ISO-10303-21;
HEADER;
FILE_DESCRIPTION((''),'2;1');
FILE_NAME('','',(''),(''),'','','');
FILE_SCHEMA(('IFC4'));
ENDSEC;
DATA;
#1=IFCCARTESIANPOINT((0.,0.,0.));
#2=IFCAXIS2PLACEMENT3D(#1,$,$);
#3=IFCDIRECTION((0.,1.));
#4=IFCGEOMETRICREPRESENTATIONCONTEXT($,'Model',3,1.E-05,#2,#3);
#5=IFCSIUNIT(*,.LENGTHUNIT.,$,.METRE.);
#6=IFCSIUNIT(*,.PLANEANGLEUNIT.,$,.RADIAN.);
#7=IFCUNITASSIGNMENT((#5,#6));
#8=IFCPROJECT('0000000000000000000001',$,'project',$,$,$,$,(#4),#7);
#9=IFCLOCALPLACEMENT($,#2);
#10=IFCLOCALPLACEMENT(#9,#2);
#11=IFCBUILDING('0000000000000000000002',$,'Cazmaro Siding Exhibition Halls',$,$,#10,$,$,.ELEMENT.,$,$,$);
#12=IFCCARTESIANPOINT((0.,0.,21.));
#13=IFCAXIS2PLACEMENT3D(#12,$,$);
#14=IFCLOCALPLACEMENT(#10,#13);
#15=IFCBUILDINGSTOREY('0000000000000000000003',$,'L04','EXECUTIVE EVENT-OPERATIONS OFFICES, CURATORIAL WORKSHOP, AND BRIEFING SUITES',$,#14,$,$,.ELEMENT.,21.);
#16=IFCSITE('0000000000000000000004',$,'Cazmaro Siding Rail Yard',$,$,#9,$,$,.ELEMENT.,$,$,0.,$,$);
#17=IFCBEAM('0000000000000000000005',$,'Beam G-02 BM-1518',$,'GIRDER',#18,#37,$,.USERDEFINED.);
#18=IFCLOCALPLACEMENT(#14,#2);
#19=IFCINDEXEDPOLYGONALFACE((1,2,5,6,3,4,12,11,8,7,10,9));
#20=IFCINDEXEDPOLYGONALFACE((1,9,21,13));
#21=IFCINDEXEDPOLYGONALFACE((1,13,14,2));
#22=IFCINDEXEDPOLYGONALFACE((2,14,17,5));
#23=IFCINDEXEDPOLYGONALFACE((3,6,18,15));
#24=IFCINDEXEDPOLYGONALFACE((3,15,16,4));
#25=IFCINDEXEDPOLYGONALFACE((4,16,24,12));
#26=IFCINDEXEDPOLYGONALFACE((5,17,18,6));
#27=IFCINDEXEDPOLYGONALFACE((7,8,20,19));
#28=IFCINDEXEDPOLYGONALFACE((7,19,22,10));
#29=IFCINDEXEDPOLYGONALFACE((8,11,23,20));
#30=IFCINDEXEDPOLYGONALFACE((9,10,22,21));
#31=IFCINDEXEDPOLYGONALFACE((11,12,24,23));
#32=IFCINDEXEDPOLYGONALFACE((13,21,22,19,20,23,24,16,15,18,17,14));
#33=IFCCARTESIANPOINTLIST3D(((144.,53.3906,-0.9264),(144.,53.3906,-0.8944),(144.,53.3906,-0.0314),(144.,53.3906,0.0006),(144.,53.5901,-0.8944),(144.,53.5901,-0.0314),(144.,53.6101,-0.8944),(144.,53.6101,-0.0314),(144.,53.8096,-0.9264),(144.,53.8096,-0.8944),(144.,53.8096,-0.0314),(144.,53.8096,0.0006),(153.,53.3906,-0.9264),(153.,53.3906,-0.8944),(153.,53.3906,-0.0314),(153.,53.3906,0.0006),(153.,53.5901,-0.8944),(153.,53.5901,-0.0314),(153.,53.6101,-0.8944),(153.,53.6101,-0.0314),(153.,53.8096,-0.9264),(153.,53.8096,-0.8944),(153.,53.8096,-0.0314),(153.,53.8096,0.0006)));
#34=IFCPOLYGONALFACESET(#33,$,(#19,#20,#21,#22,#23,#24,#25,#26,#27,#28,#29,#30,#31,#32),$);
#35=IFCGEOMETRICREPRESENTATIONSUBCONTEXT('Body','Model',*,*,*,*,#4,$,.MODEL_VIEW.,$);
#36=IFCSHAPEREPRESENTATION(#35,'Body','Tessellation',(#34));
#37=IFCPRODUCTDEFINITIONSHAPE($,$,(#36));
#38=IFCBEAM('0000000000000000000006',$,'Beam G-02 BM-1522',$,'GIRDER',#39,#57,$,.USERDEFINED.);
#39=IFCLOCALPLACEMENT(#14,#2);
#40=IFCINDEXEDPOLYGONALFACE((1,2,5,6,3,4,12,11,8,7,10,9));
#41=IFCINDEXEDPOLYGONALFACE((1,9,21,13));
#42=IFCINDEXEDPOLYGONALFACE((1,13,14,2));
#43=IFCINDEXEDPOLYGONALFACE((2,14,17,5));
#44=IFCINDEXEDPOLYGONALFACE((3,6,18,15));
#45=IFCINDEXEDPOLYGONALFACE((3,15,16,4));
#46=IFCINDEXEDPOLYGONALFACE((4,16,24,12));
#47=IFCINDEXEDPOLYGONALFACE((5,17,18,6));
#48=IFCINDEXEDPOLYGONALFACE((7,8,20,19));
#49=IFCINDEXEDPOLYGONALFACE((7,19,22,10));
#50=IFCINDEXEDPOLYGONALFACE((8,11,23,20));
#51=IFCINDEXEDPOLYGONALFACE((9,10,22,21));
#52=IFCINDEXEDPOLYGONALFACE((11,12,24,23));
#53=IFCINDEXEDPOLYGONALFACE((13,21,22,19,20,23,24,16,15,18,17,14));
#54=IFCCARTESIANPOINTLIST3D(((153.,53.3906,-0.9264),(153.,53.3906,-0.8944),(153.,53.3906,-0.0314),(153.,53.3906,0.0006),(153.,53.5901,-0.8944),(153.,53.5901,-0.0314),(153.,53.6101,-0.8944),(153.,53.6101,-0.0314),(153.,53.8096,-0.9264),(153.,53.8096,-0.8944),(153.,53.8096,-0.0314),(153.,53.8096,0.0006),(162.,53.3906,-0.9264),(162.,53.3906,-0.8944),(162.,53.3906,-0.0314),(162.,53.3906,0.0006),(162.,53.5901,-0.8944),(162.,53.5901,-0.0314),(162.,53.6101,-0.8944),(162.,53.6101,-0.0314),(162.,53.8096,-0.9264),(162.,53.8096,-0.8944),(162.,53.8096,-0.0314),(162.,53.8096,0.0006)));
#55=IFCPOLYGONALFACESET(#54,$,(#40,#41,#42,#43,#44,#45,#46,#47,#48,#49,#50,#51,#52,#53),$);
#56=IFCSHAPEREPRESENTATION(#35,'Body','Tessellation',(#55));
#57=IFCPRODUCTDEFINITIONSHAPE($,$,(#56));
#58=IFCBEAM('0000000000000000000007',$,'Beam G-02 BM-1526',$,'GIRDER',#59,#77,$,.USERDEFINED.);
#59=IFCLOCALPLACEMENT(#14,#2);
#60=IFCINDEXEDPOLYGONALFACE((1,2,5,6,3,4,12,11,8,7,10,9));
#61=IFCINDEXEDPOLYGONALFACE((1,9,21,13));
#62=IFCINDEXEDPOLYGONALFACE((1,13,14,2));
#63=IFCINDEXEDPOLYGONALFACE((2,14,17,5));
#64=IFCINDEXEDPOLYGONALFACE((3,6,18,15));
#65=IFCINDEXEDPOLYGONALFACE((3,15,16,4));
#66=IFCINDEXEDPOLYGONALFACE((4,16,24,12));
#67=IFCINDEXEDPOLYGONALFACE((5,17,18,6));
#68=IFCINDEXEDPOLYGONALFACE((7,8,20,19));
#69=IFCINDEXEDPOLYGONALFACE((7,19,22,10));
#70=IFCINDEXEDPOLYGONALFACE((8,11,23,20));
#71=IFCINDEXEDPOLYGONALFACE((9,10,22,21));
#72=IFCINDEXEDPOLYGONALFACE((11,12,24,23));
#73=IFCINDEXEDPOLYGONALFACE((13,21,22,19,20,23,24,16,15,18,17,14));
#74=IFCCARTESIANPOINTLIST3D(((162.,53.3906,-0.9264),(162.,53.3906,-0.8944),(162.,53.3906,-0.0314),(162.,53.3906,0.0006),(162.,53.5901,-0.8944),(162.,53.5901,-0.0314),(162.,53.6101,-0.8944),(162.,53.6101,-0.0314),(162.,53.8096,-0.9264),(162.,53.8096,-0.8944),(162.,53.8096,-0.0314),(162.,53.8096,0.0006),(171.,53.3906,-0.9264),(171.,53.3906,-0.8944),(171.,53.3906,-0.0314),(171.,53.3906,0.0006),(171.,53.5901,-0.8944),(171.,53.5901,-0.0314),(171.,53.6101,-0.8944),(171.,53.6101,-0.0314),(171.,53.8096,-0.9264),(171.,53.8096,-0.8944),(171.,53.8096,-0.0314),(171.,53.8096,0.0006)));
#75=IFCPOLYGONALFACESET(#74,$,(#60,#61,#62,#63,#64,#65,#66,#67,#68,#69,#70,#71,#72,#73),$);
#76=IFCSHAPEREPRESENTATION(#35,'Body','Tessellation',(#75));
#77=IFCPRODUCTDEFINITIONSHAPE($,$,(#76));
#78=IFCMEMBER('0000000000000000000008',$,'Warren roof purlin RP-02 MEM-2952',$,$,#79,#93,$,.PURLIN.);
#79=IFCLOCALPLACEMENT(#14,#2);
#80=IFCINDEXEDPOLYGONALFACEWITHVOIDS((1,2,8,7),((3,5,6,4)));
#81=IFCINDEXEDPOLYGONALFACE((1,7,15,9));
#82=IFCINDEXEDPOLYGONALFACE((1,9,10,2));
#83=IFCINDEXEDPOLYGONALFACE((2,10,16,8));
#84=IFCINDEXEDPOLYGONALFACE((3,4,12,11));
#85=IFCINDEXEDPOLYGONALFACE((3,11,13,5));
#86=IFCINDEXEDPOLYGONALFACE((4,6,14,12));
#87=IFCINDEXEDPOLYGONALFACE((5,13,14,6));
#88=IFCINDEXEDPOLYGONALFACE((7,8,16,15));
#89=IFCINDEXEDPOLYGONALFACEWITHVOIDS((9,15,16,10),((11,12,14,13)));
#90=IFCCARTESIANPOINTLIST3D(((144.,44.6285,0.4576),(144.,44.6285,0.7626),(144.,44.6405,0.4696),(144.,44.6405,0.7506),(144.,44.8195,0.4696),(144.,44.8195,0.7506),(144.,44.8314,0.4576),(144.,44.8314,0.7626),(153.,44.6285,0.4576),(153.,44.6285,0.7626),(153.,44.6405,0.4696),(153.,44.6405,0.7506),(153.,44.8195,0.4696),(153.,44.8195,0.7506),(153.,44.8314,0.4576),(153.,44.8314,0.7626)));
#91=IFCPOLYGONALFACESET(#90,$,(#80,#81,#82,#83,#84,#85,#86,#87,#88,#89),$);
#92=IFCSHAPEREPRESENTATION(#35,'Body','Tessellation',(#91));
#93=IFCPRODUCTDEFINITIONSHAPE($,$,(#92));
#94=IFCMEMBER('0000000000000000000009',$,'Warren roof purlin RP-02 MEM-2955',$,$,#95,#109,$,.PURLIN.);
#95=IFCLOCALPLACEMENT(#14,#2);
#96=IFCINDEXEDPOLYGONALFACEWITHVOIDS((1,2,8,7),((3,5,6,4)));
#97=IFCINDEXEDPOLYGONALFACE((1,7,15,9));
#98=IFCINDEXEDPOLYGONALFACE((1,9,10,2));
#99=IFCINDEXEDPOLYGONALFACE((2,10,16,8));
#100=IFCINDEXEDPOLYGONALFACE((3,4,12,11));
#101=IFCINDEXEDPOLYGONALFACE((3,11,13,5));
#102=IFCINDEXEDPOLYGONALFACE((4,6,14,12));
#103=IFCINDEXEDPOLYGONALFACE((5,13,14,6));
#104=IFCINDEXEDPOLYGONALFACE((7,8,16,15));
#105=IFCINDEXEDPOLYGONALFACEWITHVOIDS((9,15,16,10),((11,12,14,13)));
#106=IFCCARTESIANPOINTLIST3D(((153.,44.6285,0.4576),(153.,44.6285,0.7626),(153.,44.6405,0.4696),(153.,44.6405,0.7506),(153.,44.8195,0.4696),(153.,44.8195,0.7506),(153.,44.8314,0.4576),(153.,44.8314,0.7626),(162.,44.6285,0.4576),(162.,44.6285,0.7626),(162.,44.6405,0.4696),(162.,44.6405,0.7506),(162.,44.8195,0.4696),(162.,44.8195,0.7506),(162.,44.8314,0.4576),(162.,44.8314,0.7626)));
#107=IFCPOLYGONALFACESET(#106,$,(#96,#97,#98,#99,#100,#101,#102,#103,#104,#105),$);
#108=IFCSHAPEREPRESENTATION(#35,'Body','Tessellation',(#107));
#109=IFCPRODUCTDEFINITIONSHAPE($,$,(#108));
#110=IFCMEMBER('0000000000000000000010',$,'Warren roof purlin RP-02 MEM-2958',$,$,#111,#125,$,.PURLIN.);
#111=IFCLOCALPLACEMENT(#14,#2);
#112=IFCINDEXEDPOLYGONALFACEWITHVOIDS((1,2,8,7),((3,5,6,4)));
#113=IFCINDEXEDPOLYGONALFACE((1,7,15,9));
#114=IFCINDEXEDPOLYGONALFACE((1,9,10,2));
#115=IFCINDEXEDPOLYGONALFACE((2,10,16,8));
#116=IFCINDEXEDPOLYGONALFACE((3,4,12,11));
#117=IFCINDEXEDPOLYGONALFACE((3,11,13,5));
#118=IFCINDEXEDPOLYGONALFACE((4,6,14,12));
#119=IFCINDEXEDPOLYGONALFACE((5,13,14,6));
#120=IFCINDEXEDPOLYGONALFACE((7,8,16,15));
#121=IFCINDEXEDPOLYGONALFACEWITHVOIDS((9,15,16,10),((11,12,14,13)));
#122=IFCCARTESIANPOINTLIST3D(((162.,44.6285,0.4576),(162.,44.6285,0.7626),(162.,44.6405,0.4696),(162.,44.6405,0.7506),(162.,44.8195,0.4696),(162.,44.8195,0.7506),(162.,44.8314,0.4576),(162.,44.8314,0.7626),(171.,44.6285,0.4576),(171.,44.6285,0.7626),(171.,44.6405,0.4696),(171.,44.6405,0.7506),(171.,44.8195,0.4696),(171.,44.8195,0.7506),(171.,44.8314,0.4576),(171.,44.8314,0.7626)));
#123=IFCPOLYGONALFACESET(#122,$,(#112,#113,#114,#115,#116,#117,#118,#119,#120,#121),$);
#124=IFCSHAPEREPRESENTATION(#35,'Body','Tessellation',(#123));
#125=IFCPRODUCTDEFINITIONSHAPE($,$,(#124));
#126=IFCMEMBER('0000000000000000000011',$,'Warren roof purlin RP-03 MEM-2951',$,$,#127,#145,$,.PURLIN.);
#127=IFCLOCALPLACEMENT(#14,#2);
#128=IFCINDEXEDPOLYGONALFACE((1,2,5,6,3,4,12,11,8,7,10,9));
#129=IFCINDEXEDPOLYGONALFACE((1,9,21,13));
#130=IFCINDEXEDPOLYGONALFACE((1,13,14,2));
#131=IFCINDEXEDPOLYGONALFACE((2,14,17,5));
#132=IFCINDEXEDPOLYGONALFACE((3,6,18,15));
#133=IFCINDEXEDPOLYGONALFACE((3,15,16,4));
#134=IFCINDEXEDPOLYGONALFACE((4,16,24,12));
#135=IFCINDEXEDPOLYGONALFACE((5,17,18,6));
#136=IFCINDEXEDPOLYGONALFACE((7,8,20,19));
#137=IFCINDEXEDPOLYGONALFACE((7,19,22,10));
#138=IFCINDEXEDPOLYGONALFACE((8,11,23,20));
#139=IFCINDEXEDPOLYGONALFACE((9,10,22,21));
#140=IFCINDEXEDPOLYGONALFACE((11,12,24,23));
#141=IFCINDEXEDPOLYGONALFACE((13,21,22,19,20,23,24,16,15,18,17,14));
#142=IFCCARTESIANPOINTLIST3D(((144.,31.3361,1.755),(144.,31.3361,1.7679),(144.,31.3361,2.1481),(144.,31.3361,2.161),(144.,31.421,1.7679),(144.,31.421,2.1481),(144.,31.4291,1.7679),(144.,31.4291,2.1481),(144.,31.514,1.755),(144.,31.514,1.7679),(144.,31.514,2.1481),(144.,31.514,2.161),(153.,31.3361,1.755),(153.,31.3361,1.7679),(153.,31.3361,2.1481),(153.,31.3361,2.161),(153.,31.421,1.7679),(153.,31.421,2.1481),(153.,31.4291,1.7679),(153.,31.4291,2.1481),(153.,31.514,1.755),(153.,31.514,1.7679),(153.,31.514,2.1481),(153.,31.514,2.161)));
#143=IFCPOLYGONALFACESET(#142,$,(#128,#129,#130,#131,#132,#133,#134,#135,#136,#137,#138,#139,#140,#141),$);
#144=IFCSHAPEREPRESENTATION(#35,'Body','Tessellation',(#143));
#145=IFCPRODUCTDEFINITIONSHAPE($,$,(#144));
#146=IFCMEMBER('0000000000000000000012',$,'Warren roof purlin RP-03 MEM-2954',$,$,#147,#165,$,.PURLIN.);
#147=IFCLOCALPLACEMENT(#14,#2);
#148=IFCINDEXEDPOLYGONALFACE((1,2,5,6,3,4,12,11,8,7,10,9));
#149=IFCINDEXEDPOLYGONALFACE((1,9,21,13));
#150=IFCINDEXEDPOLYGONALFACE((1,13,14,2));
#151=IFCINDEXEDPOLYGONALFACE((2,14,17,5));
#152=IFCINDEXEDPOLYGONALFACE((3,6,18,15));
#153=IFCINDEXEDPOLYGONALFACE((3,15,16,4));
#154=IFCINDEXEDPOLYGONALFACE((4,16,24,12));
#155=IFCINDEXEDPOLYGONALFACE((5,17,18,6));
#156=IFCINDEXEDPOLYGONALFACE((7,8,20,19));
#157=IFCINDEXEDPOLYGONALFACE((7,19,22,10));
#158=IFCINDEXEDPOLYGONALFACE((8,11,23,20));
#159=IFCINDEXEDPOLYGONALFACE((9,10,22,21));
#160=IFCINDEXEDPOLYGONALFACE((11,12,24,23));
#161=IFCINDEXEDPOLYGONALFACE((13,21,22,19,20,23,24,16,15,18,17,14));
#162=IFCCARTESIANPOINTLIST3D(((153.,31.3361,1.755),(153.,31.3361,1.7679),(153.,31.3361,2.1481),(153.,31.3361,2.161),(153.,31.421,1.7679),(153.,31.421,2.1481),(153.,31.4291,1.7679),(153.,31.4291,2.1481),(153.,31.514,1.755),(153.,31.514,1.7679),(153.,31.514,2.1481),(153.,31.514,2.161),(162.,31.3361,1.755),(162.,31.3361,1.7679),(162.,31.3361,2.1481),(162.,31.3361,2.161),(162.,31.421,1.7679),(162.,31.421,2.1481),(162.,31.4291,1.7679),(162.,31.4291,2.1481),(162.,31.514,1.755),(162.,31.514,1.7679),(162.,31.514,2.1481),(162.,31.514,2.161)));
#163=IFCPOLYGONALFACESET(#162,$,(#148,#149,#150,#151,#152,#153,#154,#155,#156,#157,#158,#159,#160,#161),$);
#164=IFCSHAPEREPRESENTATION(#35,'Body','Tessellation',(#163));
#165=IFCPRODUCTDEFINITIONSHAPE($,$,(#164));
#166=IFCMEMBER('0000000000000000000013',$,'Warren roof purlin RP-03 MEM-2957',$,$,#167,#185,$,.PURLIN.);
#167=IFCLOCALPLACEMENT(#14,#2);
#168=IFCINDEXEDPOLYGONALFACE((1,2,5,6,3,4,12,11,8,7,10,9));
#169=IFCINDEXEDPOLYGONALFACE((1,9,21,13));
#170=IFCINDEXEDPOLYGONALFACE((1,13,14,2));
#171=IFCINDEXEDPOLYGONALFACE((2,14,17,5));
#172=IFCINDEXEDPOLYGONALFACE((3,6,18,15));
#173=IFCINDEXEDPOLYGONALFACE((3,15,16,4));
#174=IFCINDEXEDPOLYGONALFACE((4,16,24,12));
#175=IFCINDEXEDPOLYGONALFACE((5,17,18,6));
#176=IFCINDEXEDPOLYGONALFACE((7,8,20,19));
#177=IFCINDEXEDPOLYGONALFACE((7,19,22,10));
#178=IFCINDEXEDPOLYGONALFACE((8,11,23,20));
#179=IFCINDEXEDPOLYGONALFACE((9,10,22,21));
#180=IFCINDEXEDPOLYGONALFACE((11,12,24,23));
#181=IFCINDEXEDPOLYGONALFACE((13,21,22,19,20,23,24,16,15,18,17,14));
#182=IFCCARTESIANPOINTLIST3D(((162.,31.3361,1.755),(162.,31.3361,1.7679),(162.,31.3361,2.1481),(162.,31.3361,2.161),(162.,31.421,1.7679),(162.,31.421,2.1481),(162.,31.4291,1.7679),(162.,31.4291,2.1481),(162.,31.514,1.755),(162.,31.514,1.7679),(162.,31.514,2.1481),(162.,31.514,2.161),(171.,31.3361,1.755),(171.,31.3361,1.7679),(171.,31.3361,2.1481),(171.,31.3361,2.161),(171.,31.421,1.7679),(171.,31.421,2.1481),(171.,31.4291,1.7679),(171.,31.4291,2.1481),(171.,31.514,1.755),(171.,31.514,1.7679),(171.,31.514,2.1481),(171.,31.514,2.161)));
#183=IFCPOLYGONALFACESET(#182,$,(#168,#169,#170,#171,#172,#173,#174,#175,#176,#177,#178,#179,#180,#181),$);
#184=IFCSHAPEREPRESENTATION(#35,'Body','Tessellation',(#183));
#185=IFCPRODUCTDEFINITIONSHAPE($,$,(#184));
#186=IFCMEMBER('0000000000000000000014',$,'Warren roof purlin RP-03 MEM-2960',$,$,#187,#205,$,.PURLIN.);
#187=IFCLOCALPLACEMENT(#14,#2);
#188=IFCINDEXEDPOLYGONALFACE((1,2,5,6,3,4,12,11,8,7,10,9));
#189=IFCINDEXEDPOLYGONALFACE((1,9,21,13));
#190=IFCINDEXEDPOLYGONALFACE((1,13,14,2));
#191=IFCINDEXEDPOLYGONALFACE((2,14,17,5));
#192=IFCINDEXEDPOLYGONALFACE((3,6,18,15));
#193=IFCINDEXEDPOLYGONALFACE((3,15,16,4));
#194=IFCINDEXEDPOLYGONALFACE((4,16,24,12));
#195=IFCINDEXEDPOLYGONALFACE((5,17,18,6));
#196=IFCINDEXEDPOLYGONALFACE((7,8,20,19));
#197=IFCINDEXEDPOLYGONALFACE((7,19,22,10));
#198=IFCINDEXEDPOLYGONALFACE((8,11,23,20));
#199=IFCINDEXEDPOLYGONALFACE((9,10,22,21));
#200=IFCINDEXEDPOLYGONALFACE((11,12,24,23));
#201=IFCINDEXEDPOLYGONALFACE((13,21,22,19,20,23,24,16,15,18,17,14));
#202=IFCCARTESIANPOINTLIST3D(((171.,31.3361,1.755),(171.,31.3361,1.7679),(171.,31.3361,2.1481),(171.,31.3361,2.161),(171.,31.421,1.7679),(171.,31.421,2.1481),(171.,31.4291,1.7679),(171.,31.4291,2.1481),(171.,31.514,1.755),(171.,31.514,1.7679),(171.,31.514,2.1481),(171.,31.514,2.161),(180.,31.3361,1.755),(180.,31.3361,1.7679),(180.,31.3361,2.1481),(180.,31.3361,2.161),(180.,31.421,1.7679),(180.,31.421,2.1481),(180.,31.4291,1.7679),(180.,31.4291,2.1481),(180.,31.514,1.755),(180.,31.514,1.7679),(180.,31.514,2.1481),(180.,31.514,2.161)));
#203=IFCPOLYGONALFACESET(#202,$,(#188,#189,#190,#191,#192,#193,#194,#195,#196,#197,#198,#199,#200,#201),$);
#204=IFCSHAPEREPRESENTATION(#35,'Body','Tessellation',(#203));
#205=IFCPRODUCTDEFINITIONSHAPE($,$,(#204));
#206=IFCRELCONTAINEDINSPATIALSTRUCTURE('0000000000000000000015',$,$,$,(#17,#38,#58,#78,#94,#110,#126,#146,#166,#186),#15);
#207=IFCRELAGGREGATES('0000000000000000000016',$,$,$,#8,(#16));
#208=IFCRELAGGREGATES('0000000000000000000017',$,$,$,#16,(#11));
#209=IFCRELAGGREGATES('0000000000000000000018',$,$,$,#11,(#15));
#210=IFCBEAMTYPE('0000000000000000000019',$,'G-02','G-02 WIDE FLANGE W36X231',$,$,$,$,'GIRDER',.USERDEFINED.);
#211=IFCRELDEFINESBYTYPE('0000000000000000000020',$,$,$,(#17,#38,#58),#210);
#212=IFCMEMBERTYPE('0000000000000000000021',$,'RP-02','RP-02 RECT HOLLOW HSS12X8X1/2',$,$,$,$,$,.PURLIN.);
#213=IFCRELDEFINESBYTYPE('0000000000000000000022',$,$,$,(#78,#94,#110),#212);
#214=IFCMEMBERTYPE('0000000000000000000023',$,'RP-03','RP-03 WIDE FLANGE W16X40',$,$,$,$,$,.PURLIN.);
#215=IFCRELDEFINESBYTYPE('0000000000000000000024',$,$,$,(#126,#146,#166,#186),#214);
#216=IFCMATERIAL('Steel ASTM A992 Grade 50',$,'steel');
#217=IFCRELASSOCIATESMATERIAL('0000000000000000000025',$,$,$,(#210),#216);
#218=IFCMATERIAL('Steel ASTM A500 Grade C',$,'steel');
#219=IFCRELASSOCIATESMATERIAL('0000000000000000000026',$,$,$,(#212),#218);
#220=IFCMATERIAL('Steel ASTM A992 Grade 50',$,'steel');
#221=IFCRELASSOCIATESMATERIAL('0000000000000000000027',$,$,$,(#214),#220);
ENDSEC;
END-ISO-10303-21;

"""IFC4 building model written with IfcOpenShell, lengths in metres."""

from ifc_helpers import new_model, si_unit, direction, frame, origin, origin_2d, place, context, subcontext, project, spatial, hollow_rectangle, i_section, extrude, material, material_profile, profile_set, type_object, element, save


model = new_model("IFC4")

# Units and contexts
model_context = context("Model", 3, precision=1e-05, world=origin(), true_north=direction((0.0, 1.0)))
body_context = subcontext(model_context, "Body", "Model", "MODEL_VIEW")
ifc_project = project(units=[si_unit("LENGTHUNIT", "METRE"), si_unit("PLANEANGLEUNIT", "RADIAN")], contexts=[model_context])

# Site, building, storey
site_placement = place(None, origin())
site = spatial("IfcSite", under=ifc_project, at=site_placement, Name="Cazmaro Siding Rail Yard", CompositionType="ELEMENT", RefElevation=0.0)
building_placement = place(site_placement, origin())
building = spatial("IfcBuilding", under=site, at=building_placement, Name="Cazmaro Siding Exhibition Halls", CompositionType="ELEMENT")
storey_placement = place(building_placement, frame((0.0, 0.0, 21.0)))
storey = spatial("IfcBuildingStorey", under=building, at=storey_placement, Name="L04", Description="EXECUTIVE EVENT-OPERATIONS OFFICES, CURATORIAL WORKSHOP, AND BRIEFING SUITES", CompositionType="ELEMENT", Elevation=21.0)

# Beams
ifc_material_1 = material(Name="Steel ASTM A992 Grade 50", Category="steel")
ifc_material_profile_1 = material_profile(ifc_material_1, i_section(OverallWidth=0.4189, OverallDepth=0.927, WebThickness=0.02, FlangeThickness=0.032, at=origin_2d()), Name="W36X231")
ifc_profile_set_1 = profile_set([ifc_material_profile_1], Name="Steel ASTM A992 Grade 50")
beam_type = type_object("IfcBeamType", Name="G-02", Description="G-02 WIDE FLANGE W36X231", ElementType="GIRDER", PredefinedType="USERDEFINED", material=ifc_profile_set_1)
for number, where, z_axis, x_axis, name in (
    (1, (144.0, 53.6001, -0.4629), (1.0, 0.0, 0.0), (0.0, 1.0, 0.0), "Beam G-02 BM-1518"),
    (2, (153.0, 53.6001, -0.4629), (1.0, 0.0, 0.0), (0.0, 1.0, 0.0), "Beam G-02 BM-1522"),
    (3, (162.0, 53.6001, -0.4629), (1.0, 0.0, 0.0), (0.0, 1.0, 0.0), "Beam G-02 BM-1526"),
):
    element("IfcBeam", number, at=place(storey_placement, frame(where, z_axis=z_axis, x_axis=x_axis)), inside=storey, type_object=beam_type, Name=name, ObjectType="GIRDER", PredefinedType="USERDEFINED", context=body_context, shape_type="SweptSolid", body=[
        extrude(i_section(OverallWidth=0.4189, OverallDepth=0.927, WebThickness=0.02, FlangeThickness=0.032, at=origin_2d()), origin(), (0.0, 0.0, 1.0), 9.0),
    ])

# Members
ifc_material_2 = material(Name="Steel ASTM A500 Grade C", Category="steel")
ifc_material_profile_2 = material_profile(ifc_material_2, hollow_rectangle(XDim=0.2029, YDim=0.3049, WallThickness=0.012, at=origin_2d()), Name="HSS12X8X1/2")
ifc_profile_set_2 = profile_set([ifc_material_profile_2], Name="Steel ASTM A500 Grade C")
member_type_1 = type_object("IfcMemberType", Name="RP-02", Description="RP-02 RECT HOLLOW HSS12X8X1/2", PredefinedType="PURLIN", material=ifc_profile_set_2)
for number, where, z_axis, x_axis, name in (
    (4, (144.0, 44.73, 0.6101), (1.0, 0.0, 0.0), (0.0, 1.0, 0.0), "Warren roof purlin RP-02 MEM-2952"),
    (5, (153.0, 44.73, 0.6101), (1.0, 0.0, 0.0), (0.0, 1.0, 0.0), "Warren roof purlin RP-02 MEM-2955"),
    (6, (162.0, 44.73, 0.6101), (1.0, 0.0, 0.0), (0.0, 1.0, 0.0), "Warren roof purlin RP-02 MEM-2958"),
):
    element("IfcMember", number, at=place(storey_placement, frame(where, z_axis=z_axis, x_axis=x_axis)), inside=storey, type_object=member_type_1, Name=name, PredefinedType="PURLIN", context=body_context, shape_type="SweptSolid", body=[
        extrude(hollow_rectangle(XDim=0.2029, YDim=0.3049, WallThickness=0.012, at=origin_2d()), origin(), (0.0, 0.0, 1.0), 9.0),
    ])
ifc_material_3 = material(Name="Steel ASTM A992 Grade 50", Category="steel")
ifc_material_profile_3 = material_profile(ifc_material_3, i_section(OverallWidth=0.178, OverallDepth=0.406, WebThickness=0.0081, FlangeThickness=0.0129, at=origin_2d()), Name="W16X40")
ifc_profile_set_3 = profile_set([ifc_material_profile_3], Name="Steel ASTM A992 Grade 50")
member_type_2 = type_object("IfcMemberType", Name="RP-03", Description="RP-03 WIDE FLANGE W16X40", PredefinedType="PURLIN", material=ifc_profile_set_3)
for number, where, z_axis, x_axis, name in (
    (7, (144.0, 31.425, 1.958), (1.0, 0.0, 0.0), (0.0, 1.0, 0.0), "Warren roof purlin RP-03 MEM-2951"),
    (8, (153.0, 31.425, 1.958), (1.0, 0.0, 0.0), (0.0, 1.0, 0.0), "Warren roof purlin RP-03 MEM-2954"),
    (9, (162.0, 31.425, 1.958), (1.0, 0.0, 0.0), (0.0, 1.0, 0.0), "Warren roof purlin RP-03 MEM-2957"),
    (10, (171.0, 31.425, 1.958), (1.0, 0.0, 0.0), (0.0, 1.0, 0.0), "Warren roof purlin RP-03 MEM-2960"),
):
    element("IfcMember", number, at=place(storey_placement, frame(where, z_axis=z_axis, x_axis=x_axis)), inside=storey, type_object=member_type_2, Name=name, PredefinedType="PURLIN", context=body_context, shape_type="SweptSolid", body=[
        extrude(i_section(OverallWidth=0.178, OverallDepth=0.406, WebThickness=0.0081, FlangeThickness=0.0129, at=origin_2d()), origin(), (0.0, 0.0, 1.0), 9.0),
    ])

save(model, "model.ifc")
